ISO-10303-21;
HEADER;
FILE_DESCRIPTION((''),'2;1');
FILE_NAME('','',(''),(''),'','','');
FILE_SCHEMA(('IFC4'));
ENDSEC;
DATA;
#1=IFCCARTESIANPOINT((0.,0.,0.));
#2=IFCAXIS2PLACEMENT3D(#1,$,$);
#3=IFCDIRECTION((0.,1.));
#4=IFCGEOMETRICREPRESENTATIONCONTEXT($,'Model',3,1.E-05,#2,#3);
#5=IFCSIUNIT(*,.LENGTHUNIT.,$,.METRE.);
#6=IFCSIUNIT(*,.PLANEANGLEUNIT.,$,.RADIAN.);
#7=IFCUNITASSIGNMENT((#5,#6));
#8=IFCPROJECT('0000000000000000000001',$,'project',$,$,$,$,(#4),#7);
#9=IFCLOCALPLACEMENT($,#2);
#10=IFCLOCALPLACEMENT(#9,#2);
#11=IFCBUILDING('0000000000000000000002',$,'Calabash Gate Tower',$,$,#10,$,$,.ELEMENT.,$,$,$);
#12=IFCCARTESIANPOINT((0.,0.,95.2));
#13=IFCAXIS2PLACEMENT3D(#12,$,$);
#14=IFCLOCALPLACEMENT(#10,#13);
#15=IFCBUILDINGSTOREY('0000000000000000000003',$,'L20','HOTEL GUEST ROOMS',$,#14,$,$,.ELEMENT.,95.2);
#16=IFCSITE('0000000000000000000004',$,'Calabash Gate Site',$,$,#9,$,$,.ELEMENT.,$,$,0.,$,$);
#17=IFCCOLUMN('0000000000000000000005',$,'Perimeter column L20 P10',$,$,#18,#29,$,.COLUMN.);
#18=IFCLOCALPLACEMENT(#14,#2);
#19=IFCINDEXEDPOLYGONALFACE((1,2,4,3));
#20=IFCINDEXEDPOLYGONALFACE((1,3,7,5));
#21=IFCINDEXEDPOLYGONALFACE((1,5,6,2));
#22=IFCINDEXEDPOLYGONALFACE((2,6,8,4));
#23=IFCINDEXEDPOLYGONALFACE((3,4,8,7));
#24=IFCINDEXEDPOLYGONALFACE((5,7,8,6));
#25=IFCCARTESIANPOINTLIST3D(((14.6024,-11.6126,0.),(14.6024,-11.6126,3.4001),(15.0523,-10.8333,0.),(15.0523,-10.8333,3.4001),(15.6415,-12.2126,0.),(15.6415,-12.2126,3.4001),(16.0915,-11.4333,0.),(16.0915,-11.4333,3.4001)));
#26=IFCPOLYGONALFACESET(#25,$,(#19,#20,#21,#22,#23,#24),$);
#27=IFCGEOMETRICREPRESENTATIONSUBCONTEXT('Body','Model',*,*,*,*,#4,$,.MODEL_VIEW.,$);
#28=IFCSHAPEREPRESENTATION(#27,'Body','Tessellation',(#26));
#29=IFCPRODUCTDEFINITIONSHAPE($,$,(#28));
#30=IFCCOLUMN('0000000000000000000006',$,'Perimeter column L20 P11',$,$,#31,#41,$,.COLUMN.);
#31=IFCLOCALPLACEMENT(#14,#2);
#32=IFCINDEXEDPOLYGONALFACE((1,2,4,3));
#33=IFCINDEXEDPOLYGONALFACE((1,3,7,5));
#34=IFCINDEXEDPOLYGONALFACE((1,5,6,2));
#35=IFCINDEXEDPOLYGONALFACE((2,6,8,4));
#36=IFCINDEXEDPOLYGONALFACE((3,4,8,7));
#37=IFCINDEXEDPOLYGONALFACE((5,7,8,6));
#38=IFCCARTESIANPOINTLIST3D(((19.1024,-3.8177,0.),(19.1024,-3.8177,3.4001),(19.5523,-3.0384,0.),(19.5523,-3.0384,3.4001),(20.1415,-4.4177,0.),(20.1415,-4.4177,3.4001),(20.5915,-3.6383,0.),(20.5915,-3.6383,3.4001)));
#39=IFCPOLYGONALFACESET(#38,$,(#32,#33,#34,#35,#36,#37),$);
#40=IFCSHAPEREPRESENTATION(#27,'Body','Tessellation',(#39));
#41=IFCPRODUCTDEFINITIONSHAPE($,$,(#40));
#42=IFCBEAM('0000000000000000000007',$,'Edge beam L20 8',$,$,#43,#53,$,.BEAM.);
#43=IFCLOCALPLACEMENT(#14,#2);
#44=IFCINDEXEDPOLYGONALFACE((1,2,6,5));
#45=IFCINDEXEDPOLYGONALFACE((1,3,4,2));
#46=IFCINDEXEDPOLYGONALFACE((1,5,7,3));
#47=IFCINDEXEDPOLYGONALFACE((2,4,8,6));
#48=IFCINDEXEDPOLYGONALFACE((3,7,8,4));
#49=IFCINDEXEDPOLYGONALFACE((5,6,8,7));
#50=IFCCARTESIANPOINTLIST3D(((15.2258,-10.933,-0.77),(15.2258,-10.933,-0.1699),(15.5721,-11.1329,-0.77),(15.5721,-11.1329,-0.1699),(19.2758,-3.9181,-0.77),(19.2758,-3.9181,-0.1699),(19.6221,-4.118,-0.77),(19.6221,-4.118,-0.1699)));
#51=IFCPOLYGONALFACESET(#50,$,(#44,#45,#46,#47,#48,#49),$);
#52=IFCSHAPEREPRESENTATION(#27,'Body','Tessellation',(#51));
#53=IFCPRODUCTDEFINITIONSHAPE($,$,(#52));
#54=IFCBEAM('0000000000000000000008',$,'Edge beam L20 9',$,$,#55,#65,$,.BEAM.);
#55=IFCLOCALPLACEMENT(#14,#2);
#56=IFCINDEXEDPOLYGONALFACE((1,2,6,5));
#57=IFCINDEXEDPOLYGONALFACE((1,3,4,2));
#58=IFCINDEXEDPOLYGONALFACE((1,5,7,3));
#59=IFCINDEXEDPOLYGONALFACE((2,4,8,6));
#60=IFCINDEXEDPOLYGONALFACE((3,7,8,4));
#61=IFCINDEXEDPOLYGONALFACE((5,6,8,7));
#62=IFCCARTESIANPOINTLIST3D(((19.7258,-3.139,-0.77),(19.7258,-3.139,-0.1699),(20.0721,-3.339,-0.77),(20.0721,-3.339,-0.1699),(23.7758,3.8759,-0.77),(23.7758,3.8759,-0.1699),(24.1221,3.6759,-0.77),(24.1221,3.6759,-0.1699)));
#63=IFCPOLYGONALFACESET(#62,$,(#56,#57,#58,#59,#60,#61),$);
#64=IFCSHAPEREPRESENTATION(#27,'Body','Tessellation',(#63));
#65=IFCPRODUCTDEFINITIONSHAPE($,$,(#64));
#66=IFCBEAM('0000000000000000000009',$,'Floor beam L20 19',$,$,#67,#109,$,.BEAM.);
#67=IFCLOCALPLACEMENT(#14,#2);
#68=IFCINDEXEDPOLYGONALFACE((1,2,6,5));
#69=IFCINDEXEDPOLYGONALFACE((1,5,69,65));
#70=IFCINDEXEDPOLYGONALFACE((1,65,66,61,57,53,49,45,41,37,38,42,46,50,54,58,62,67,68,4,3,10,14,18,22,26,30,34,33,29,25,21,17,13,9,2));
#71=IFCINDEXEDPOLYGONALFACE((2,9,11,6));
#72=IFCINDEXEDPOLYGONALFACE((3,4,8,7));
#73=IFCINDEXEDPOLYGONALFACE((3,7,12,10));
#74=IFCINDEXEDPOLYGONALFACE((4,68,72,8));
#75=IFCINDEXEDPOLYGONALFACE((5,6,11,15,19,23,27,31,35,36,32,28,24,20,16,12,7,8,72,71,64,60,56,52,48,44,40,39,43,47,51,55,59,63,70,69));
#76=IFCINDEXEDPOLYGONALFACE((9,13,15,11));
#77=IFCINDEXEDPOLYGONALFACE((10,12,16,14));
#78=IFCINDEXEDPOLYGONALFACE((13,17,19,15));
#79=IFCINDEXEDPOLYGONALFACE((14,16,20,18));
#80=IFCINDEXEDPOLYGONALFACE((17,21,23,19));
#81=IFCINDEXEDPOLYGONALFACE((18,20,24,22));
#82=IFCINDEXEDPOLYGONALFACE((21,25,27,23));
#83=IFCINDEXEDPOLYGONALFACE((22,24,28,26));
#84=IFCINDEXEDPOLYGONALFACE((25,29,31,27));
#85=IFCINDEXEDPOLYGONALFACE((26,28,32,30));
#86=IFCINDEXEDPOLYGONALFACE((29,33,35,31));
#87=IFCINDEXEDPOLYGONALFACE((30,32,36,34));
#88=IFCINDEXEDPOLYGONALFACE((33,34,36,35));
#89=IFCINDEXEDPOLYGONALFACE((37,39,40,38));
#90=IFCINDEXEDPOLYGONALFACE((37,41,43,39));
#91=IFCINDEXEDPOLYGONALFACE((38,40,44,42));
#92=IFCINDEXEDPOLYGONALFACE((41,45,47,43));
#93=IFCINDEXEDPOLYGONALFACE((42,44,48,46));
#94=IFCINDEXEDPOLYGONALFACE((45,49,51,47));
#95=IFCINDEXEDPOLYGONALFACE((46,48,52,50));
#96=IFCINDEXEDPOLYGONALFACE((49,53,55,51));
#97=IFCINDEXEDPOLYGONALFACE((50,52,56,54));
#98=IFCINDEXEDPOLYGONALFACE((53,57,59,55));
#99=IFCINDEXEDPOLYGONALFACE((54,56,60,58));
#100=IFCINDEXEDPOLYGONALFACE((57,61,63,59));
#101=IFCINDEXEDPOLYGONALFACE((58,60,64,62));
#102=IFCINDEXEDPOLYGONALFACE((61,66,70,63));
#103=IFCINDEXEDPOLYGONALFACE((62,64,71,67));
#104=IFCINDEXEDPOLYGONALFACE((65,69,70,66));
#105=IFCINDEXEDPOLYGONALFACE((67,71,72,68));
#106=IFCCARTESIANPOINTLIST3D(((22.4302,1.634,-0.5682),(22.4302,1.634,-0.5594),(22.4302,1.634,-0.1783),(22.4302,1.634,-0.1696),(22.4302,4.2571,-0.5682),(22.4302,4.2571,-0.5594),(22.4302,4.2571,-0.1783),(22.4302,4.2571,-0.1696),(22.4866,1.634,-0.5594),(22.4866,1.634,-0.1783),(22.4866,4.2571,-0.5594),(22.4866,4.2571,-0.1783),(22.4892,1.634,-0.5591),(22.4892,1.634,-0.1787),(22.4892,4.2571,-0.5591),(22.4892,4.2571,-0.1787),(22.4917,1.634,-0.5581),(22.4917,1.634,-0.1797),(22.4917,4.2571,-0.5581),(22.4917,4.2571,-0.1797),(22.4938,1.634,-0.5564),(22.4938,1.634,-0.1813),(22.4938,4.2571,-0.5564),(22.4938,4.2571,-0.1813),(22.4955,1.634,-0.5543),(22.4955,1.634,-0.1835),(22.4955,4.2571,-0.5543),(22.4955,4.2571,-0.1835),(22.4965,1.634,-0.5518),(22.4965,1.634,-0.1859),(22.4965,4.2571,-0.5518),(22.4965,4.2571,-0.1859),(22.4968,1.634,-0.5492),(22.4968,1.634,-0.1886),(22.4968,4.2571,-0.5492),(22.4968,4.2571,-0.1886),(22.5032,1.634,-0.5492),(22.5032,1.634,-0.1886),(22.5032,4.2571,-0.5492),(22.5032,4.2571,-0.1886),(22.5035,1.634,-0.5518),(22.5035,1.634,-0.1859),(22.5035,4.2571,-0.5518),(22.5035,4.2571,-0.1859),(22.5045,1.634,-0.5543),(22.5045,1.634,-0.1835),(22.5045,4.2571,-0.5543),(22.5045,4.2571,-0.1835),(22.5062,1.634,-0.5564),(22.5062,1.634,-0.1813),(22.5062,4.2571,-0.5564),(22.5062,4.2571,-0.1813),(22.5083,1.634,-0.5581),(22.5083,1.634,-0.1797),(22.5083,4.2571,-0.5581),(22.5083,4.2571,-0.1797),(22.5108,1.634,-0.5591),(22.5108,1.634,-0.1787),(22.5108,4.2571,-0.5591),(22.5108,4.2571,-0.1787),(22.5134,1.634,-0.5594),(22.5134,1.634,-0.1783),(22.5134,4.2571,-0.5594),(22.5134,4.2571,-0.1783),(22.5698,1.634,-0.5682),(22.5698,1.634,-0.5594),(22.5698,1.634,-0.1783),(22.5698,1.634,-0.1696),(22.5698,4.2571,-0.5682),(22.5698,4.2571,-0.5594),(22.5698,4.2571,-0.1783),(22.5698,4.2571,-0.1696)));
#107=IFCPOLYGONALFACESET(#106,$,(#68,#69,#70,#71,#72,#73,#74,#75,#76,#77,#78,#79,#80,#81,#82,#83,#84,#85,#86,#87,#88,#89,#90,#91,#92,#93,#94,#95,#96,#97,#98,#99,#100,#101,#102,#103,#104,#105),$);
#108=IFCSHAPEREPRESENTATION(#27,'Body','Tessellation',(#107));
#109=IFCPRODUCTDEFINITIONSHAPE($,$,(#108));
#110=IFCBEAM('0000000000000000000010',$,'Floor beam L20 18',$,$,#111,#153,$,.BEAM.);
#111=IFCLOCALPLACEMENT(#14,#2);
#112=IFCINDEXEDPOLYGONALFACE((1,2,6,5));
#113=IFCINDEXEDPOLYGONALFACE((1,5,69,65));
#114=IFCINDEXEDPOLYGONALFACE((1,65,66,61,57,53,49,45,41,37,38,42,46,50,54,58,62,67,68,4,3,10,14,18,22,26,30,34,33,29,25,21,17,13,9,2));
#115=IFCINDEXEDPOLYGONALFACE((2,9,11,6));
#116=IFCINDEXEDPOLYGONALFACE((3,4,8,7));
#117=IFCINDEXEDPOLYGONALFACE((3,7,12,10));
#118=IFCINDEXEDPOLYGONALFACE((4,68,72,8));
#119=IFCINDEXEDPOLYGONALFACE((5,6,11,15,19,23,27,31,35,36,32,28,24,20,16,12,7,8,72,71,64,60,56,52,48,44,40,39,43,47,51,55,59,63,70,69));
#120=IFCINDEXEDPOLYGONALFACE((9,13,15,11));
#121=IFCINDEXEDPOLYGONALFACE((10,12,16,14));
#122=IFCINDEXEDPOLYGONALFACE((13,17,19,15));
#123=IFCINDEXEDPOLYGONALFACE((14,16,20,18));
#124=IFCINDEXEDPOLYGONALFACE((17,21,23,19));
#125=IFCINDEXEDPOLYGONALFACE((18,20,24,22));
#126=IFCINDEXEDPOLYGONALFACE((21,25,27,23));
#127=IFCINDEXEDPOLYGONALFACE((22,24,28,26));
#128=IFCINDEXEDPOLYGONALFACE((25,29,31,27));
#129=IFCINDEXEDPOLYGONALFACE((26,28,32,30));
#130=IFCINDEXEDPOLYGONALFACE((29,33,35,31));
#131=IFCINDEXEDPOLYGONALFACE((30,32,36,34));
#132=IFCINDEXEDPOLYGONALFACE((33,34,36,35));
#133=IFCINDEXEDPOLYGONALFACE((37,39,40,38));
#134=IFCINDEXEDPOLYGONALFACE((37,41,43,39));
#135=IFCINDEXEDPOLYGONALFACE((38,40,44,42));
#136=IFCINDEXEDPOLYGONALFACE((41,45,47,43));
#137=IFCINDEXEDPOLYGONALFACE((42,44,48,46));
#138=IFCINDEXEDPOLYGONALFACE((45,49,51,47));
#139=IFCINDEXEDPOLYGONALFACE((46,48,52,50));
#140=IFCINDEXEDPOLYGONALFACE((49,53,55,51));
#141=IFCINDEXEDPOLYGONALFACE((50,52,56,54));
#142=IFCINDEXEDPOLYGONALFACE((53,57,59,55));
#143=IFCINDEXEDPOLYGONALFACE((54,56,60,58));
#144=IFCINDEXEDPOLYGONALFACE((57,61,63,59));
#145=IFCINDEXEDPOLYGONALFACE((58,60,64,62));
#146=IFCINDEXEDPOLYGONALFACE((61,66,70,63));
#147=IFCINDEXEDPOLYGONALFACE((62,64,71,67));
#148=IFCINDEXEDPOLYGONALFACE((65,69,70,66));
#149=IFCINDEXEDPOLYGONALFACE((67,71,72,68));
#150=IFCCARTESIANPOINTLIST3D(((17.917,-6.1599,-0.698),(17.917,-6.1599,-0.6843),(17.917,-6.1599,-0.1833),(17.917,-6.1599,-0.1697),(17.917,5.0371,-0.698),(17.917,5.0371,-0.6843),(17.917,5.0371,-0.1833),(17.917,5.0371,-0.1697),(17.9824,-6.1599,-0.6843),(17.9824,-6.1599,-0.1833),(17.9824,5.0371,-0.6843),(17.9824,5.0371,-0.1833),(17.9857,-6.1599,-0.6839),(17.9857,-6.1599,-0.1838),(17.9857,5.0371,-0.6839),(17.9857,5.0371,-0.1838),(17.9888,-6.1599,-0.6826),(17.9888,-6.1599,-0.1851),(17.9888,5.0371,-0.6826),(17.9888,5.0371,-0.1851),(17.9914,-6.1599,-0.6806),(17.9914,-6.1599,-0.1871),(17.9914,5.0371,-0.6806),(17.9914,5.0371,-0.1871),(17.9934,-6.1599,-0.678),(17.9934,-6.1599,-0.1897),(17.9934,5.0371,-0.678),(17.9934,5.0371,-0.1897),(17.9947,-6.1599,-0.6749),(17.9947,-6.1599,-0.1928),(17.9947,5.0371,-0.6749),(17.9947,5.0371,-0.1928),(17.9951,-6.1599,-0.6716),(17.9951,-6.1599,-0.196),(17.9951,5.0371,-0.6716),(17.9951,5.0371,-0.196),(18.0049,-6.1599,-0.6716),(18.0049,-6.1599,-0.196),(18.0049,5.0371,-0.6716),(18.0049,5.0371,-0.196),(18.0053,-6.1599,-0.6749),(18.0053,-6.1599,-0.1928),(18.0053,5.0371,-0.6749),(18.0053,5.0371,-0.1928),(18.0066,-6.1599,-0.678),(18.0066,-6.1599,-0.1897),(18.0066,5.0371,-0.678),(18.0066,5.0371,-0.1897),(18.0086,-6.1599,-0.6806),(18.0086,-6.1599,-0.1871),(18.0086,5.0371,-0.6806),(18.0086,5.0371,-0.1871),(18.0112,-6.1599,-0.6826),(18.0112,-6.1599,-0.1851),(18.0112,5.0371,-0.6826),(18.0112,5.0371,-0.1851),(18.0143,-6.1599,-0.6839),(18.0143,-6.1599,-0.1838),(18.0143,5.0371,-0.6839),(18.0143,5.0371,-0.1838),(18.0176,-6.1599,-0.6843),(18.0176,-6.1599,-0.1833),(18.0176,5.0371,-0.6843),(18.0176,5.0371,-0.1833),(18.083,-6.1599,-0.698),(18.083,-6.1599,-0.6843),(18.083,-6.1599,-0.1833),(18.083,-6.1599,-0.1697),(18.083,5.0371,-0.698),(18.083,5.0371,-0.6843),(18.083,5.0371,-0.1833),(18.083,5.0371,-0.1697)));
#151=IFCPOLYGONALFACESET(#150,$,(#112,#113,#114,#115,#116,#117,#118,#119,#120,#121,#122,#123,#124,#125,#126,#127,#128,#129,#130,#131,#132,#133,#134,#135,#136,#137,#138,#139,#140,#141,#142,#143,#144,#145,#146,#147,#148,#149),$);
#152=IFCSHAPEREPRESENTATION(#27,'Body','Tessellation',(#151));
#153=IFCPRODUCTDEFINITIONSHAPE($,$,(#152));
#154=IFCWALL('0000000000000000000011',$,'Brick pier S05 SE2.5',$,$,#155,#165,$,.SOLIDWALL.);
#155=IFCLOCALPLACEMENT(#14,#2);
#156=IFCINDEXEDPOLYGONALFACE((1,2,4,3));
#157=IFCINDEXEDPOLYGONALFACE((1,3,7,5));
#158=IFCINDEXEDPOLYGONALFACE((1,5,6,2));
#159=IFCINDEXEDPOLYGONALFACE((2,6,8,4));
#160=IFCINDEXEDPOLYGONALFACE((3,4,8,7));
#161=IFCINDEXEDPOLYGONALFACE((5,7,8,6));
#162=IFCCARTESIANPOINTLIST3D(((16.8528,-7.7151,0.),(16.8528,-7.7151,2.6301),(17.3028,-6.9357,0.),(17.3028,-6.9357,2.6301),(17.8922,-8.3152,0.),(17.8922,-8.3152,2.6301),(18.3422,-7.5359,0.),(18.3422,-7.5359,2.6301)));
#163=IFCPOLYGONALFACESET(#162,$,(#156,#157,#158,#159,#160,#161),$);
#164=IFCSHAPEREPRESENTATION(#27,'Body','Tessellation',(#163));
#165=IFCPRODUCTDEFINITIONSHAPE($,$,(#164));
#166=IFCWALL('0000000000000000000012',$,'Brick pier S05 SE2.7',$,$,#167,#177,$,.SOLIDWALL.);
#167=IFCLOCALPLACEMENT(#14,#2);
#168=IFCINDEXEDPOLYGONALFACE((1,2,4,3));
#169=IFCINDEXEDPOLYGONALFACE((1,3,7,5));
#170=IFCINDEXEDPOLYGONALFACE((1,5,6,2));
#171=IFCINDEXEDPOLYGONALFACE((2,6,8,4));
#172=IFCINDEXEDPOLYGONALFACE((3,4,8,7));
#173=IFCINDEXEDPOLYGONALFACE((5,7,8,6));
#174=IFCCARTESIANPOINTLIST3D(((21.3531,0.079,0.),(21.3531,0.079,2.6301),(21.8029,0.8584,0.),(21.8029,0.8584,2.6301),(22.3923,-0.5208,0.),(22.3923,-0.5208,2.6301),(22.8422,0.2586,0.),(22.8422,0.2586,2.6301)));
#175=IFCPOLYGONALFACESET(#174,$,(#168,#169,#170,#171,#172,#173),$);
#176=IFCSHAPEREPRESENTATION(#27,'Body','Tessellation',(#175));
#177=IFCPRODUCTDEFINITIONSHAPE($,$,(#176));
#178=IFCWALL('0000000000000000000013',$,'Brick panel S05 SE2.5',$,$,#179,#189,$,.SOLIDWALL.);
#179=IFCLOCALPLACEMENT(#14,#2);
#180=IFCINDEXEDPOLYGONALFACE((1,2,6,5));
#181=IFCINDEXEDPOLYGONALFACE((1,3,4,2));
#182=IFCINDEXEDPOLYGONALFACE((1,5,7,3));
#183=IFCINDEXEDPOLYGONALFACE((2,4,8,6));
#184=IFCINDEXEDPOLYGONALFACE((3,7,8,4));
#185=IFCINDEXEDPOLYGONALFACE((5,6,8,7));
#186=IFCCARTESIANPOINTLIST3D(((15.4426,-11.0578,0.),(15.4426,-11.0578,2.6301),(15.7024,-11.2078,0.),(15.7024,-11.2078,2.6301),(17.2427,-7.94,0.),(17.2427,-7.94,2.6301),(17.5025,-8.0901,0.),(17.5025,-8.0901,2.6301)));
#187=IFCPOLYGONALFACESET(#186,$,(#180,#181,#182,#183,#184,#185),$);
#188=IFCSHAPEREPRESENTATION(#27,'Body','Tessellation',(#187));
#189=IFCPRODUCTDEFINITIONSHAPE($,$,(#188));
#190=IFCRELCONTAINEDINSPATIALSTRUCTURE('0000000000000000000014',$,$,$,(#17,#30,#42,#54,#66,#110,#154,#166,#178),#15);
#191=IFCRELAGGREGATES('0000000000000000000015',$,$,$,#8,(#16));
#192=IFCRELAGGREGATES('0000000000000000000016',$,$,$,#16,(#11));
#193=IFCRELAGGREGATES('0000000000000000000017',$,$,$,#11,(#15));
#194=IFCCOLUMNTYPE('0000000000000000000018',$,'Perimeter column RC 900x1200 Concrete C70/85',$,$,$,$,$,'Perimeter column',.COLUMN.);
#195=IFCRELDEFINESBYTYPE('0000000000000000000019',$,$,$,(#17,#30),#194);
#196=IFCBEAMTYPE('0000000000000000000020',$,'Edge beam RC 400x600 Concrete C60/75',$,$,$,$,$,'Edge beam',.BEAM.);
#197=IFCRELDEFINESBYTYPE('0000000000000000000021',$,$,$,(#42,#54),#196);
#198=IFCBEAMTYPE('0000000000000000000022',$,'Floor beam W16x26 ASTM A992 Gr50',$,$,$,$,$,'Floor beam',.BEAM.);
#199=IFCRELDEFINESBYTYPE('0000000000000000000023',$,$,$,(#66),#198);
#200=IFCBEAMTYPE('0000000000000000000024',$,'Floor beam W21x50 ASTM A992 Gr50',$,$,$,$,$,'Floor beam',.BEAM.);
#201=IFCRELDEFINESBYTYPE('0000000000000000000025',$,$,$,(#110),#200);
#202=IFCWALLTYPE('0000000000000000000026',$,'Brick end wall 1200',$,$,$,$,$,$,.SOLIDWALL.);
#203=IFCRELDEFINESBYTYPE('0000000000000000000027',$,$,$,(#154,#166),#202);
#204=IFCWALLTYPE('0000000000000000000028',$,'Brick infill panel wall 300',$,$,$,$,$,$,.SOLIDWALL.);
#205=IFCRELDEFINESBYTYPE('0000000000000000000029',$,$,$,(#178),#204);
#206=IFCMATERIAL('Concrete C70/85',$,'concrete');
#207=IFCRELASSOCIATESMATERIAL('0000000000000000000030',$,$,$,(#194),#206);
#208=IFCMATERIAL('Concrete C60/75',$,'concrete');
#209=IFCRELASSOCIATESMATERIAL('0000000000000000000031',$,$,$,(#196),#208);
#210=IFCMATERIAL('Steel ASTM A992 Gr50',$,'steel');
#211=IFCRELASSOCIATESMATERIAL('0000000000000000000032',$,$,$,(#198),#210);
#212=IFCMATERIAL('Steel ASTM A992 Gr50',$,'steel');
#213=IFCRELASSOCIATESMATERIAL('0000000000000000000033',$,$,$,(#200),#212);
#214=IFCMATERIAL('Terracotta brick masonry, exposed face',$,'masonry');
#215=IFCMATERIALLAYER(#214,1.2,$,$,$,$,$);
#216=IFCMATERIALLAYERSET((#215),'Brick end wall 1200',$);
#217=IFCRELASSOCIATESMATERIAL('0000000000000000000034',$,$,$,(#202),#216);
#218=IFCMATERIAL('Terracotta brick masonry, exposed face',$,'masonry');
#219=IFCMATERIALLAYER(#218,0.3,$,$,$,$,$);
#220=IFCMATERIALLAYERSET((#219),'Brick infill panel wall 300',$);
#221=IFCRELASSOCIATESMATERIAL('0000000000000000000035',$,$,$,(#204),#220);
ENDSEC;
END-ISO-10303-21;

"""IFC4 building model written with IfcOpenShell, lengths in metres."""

from ifc_helpers import new_model, si_unit, direction, frame, frame_2d, origin, origin_2d, place, context, subcontext, project, spatial, rectangle, i_section, extrude, material, layer, layer_set, material_profile, profile_set, type_object, element, save


model = new_model("IFC4")

# Units and contexts
model_context = context("Model", 3, precision=1e-05, world=origin(), true_north=direction((0.0, 1.0)))
body_context = subcontext(model_context, "Body", "Model", "MODEL_VIEW")
ifc_project = project(units=[si_unit("LENGTHUNIT", "METRE"), si_unit("PLANEANGLEUNIT", "RADIAN")], contexts=[model_context])

# Site, building, storey
site_placement = place(None, origin())
site = spatial("IfcSite", under=ifc_project, at=site_placement, Name="Calabash Gate Site", CompositionType="ELEMENT", RefElevation=0.0)
building_placement = place(site_placement, origin())
building = spatial("IfcBuilding", under=site, at=building_placement, Name="Calabash Gate Tower", CompositionType="ELEMENT")
storey_placement = place(building_placement, frame((0.0, 0.0, 95.2)))
storey = spatial("IfcBuildingStorey", under=building, at=storey_placement, Name="L20", Description="HOTEL GUEST ROOMS", CompositionType="ELEMENT", Elevation=95.2)

# Columns
ifc_material_1 = material(Name="Concrete C70/85", Category="concrete")
ifc_material_profile_1 = material_profile(ifc_material_1, rectangle(XDim=0.8999, YDim=1.2, at=origin_2d()))
ifc_profile_set_1 = profile_set([ifc_material_profile_1], Name="Concrete C70/85")
column_type = type_object("IfcColumnType", Name="Perimeter column RC 900x1200 Concrete C70/85", ElementType="Perimeter column", PredefinedType="COLUMN", material=ifc_profile_set_1)
for number, where, z_axis, x_axis, name in (
    (1, (15.3469, -11.5229, 0.0), (0.0, 0.0, 1.0), (0.5, 0.866025, 0.0), "Perimeter column L20 P10"),
    (2, (19.8469, -3.728, 0.0), (0.0, 0.0, 1.0), (0.5, 0.866025, 0.0), "Perimeter column L20 P11"),
):
    element("IfcColumn", number, at=place(storey_placement, frame(where, z_axis=z_axis, x_axis=x_axis)), inside=storey, type_object=column_type, Name=name, PredefinedType="COLUMN", context=body_context, shape_type="SweptSolid", body=[
        extrude(rectangle(XDim=0.8999, YDim=1.2, at=origin_2d()), origin(), (0.0, 0.0, 1.0), 3.4001),
    ])

# Beams
ifc_material_2 = material(Name="Concrete C60/75", Category="concrete")
ifc_material_profile_2 = material_profile(ifc_material_2, rectangle(XDim=0.3999, YDim=0.6001, at=origin_2d()))
ifc_profile_set_2 = profile_set([ifc_material_profile_2], Name="Concrete C60/75")
beam_type_1 = type_object("IfcBeamType", Name="Edge beam RC 400x600 Concrete C60/75", ElementType="Edge beam", PredefinedType="BEAM", material=ifc_profile_set_2)
for number, where, z_axis, x_axis, name in (
    (3, (15.3989, -11.033, -0.47), (0.5, 0.866025, 0.0), (-0.866025, 0.5, 0.0), "Edge beam L20 8"),
    (4, (19.8989, -3.239, -0.47), (0.5, 0.866025, 0.0), (-0.866025, 0.5, 0.0), "Edge beam L20 9"),
):
    element("IfcBeam", number, at=place(storey_placement, frame(where, z_axis=z_axis, x_axis=x_axis)), inside=storey, type_object=beam_type_1, Name=name, PredefinedType="BEAM", context=body_context, shape_type="SweptSolid", body=[
        extrude(rectangle(XDim=0.3999, YDim=0.6001, at=origin_2d()), origin(), (0.0, 0.0, 1.0), 8.1001),
    ])
ifc_material_3 = material(Name="Steel ASTM A992 Gr50", Category="steel")
ifc_material_profile_3 = material_profile(ifc_material_3, i_section(OverallWidth=0.1396, OverallDepth=0.3987, WebThickness=0.0063, FlangeThickness=0.0088, FilletRadius=0.0103, at=origin_2d()))
ifc_profile_set_3 = profile_set([ifc_material_profile_3], Name="Steel ASTM A992 Gr50")
beam_type_2 = type_object("IfcBeamType", Name="Floor beam W16x26 ASTM A992 Gr50", ElementType="Floor beam", PredefinedType="BEAM", material=ifc_profile_set_3)
beam_1_placement = place(storey_placement, frame((22.5, 1.634, -0.3689), z_axis=(0.0, 1.0, 0.0), x_axis=(-1.0, 0.0, 0.0)))
element("IfcBeam", 5, at=beam_1_placement, inside=storey, type_object=beam_type_2, Name="Floor beam L20 19", PredefinedType="BEAM", context=body_context, shape_type="SweptSolid", body=[
    extrude(i_section(OverallWidth=0.1396, OverallDepth=0.3987, WebThickness=0.0063, FlangeThickness=0.0088, FilletRadius=0.0103, at=origin_2d()), origin(), (0.0, 0.0, 1.0), 2.623),
])
ifc_material_4 = material(Name="Steel ASTM A992 Gr50", Category="steel")
ifc_material_profile_4 = material_profile(ifc_material_4, i_section(OverallWidth=0.166, OverallDepth=0.5283, WebThickness=0.0098, FlangeThickness=0.0137, FilletRadius=0.0127, at=origin_2d()))
ifc_profile_set_4 = profile_set([ifc_material_profile_4], Name="Steel ASTM A992 Gr50")
beam_type_3 = type_object("IfcBeamType", Name="Floor beam W21x50 ASTM A992 Gr50", ElementType="Floor beam", PredefinedType="BEAM", material=ifc_profile_set_4)
beam_2_placement = place(storey_placement, frame((18.0, -6.1599, -0.4338), z_axis=(0.0, 1.0, 0.0), x_axis=(-1.0, 0.0, 0.0)))
element("IfcBeam", 6, at=beam_2_placement, inside=storey, type_object=beam_type_3, Name="Floor beam L20 18", PredefinedType="BEAM", context=body_context, shape_type="SweptSolid", body=[
    extrude(i_section(OverallWidth=0.166, OverallDepth=0.5283, WebThickness=0.0098, FlangeThickness=0.0137, FilletRadius=0.0127, at=origin_2d()), origin(), (0.0, 0.0, 1.0), 11.197),
])

# Walls
ifc_material_5 = material(Name="Terracotta brick masonry, exposed face", Category="masonry")
ifc_layer_1 = layer(ifc_material_5, 1.2)
ifc_layer_set_1 = layer_set([ifc_layer_1], Name="Brick end wall 1200")
wall_type_1 = type_object("IfcWallType", Name="Brick end wall 1200", PredefinedType="SOLIDWALL", material=ifc_layer_set_1)
wall_1_placement = place(storey_placement, frame((18.1172, -7.9255, 0.0), z_axis=(0.0, 0.0, 1.0), x_axis=(-0.866006, 0.500034, 0.0)))
element("IfcWall", 7, at=wall_1_placement, inside=storey, type_object=wall_type_1, Name="Brick pier S05 SE2.5", PredefinedType="SOLIDWALL", context=body_context, shape_type="SweptSolid", body=[
    extrude(rectangle(XDim=1.2002, YDim=0.8999, at=frame_2d((0.6001, 0.0))), origin(), (0.0, 0.0, 1.0), 2.6301),
])
wall_2_placement = place(storey_placement, frame((21.5779, 0.4688, 0.0), z_axis=(0.0, 0.0, 1.0), x_axis=(0.866094, -0.499881, 0.0)))
element("IfcWall", 8, at=wall_2_placement, inside=storey, type_object=wall_type_1, Name="Brick pier S05 SE2.7", PredefinedType="SOLIDWALL", context=body_context, shape_type="SweptSolid", body=[
    extrude(rectangle(XDim=1.2, YDim=0.8999, at=frame_2d((0.6001, 0.0))), origin(), (0.0, 0.0, 1.0), 2.6301),
])
ifc_material_6 = material(Name="Terracotta brick masonry, exposed face", Category="masonry")
ifc_layer_2 = layer(ifc_material_6, 0.3)
ifc_layer_set_2 = layer_set([ifc_layer_2], Name="Brick infill panel wall 300")
wall_type_2 = type_object("IfcWallType", Name="Brick infill panel wall 300", PredefinedType="SOLIDWALL", material=ifc_layer_set_2)
wall_3_placement = place(storey_placement, frame((15.5725, -11.1328, 0.0), z_axis=(0.0, 0.0, 1.0), x_axis=(0.500012, 0.866018, 0.0)))
element("IfcWall", 9, at=wall_3_placement, inside=storey, type_object=wall_type_2, Name="Brick panel S05 SE2.5", PredefinedType="SOLIDWALL", context=body_context, shape_type="SweptSolid", body=[
    extrude(rectangle(XDim=3.6001, YDim=0.3, at=frame_2d((1.8, 0.0))), origin(), (0.0, 0.0, 1.0), 2.6301),
])

save(model, "model.ifc")
